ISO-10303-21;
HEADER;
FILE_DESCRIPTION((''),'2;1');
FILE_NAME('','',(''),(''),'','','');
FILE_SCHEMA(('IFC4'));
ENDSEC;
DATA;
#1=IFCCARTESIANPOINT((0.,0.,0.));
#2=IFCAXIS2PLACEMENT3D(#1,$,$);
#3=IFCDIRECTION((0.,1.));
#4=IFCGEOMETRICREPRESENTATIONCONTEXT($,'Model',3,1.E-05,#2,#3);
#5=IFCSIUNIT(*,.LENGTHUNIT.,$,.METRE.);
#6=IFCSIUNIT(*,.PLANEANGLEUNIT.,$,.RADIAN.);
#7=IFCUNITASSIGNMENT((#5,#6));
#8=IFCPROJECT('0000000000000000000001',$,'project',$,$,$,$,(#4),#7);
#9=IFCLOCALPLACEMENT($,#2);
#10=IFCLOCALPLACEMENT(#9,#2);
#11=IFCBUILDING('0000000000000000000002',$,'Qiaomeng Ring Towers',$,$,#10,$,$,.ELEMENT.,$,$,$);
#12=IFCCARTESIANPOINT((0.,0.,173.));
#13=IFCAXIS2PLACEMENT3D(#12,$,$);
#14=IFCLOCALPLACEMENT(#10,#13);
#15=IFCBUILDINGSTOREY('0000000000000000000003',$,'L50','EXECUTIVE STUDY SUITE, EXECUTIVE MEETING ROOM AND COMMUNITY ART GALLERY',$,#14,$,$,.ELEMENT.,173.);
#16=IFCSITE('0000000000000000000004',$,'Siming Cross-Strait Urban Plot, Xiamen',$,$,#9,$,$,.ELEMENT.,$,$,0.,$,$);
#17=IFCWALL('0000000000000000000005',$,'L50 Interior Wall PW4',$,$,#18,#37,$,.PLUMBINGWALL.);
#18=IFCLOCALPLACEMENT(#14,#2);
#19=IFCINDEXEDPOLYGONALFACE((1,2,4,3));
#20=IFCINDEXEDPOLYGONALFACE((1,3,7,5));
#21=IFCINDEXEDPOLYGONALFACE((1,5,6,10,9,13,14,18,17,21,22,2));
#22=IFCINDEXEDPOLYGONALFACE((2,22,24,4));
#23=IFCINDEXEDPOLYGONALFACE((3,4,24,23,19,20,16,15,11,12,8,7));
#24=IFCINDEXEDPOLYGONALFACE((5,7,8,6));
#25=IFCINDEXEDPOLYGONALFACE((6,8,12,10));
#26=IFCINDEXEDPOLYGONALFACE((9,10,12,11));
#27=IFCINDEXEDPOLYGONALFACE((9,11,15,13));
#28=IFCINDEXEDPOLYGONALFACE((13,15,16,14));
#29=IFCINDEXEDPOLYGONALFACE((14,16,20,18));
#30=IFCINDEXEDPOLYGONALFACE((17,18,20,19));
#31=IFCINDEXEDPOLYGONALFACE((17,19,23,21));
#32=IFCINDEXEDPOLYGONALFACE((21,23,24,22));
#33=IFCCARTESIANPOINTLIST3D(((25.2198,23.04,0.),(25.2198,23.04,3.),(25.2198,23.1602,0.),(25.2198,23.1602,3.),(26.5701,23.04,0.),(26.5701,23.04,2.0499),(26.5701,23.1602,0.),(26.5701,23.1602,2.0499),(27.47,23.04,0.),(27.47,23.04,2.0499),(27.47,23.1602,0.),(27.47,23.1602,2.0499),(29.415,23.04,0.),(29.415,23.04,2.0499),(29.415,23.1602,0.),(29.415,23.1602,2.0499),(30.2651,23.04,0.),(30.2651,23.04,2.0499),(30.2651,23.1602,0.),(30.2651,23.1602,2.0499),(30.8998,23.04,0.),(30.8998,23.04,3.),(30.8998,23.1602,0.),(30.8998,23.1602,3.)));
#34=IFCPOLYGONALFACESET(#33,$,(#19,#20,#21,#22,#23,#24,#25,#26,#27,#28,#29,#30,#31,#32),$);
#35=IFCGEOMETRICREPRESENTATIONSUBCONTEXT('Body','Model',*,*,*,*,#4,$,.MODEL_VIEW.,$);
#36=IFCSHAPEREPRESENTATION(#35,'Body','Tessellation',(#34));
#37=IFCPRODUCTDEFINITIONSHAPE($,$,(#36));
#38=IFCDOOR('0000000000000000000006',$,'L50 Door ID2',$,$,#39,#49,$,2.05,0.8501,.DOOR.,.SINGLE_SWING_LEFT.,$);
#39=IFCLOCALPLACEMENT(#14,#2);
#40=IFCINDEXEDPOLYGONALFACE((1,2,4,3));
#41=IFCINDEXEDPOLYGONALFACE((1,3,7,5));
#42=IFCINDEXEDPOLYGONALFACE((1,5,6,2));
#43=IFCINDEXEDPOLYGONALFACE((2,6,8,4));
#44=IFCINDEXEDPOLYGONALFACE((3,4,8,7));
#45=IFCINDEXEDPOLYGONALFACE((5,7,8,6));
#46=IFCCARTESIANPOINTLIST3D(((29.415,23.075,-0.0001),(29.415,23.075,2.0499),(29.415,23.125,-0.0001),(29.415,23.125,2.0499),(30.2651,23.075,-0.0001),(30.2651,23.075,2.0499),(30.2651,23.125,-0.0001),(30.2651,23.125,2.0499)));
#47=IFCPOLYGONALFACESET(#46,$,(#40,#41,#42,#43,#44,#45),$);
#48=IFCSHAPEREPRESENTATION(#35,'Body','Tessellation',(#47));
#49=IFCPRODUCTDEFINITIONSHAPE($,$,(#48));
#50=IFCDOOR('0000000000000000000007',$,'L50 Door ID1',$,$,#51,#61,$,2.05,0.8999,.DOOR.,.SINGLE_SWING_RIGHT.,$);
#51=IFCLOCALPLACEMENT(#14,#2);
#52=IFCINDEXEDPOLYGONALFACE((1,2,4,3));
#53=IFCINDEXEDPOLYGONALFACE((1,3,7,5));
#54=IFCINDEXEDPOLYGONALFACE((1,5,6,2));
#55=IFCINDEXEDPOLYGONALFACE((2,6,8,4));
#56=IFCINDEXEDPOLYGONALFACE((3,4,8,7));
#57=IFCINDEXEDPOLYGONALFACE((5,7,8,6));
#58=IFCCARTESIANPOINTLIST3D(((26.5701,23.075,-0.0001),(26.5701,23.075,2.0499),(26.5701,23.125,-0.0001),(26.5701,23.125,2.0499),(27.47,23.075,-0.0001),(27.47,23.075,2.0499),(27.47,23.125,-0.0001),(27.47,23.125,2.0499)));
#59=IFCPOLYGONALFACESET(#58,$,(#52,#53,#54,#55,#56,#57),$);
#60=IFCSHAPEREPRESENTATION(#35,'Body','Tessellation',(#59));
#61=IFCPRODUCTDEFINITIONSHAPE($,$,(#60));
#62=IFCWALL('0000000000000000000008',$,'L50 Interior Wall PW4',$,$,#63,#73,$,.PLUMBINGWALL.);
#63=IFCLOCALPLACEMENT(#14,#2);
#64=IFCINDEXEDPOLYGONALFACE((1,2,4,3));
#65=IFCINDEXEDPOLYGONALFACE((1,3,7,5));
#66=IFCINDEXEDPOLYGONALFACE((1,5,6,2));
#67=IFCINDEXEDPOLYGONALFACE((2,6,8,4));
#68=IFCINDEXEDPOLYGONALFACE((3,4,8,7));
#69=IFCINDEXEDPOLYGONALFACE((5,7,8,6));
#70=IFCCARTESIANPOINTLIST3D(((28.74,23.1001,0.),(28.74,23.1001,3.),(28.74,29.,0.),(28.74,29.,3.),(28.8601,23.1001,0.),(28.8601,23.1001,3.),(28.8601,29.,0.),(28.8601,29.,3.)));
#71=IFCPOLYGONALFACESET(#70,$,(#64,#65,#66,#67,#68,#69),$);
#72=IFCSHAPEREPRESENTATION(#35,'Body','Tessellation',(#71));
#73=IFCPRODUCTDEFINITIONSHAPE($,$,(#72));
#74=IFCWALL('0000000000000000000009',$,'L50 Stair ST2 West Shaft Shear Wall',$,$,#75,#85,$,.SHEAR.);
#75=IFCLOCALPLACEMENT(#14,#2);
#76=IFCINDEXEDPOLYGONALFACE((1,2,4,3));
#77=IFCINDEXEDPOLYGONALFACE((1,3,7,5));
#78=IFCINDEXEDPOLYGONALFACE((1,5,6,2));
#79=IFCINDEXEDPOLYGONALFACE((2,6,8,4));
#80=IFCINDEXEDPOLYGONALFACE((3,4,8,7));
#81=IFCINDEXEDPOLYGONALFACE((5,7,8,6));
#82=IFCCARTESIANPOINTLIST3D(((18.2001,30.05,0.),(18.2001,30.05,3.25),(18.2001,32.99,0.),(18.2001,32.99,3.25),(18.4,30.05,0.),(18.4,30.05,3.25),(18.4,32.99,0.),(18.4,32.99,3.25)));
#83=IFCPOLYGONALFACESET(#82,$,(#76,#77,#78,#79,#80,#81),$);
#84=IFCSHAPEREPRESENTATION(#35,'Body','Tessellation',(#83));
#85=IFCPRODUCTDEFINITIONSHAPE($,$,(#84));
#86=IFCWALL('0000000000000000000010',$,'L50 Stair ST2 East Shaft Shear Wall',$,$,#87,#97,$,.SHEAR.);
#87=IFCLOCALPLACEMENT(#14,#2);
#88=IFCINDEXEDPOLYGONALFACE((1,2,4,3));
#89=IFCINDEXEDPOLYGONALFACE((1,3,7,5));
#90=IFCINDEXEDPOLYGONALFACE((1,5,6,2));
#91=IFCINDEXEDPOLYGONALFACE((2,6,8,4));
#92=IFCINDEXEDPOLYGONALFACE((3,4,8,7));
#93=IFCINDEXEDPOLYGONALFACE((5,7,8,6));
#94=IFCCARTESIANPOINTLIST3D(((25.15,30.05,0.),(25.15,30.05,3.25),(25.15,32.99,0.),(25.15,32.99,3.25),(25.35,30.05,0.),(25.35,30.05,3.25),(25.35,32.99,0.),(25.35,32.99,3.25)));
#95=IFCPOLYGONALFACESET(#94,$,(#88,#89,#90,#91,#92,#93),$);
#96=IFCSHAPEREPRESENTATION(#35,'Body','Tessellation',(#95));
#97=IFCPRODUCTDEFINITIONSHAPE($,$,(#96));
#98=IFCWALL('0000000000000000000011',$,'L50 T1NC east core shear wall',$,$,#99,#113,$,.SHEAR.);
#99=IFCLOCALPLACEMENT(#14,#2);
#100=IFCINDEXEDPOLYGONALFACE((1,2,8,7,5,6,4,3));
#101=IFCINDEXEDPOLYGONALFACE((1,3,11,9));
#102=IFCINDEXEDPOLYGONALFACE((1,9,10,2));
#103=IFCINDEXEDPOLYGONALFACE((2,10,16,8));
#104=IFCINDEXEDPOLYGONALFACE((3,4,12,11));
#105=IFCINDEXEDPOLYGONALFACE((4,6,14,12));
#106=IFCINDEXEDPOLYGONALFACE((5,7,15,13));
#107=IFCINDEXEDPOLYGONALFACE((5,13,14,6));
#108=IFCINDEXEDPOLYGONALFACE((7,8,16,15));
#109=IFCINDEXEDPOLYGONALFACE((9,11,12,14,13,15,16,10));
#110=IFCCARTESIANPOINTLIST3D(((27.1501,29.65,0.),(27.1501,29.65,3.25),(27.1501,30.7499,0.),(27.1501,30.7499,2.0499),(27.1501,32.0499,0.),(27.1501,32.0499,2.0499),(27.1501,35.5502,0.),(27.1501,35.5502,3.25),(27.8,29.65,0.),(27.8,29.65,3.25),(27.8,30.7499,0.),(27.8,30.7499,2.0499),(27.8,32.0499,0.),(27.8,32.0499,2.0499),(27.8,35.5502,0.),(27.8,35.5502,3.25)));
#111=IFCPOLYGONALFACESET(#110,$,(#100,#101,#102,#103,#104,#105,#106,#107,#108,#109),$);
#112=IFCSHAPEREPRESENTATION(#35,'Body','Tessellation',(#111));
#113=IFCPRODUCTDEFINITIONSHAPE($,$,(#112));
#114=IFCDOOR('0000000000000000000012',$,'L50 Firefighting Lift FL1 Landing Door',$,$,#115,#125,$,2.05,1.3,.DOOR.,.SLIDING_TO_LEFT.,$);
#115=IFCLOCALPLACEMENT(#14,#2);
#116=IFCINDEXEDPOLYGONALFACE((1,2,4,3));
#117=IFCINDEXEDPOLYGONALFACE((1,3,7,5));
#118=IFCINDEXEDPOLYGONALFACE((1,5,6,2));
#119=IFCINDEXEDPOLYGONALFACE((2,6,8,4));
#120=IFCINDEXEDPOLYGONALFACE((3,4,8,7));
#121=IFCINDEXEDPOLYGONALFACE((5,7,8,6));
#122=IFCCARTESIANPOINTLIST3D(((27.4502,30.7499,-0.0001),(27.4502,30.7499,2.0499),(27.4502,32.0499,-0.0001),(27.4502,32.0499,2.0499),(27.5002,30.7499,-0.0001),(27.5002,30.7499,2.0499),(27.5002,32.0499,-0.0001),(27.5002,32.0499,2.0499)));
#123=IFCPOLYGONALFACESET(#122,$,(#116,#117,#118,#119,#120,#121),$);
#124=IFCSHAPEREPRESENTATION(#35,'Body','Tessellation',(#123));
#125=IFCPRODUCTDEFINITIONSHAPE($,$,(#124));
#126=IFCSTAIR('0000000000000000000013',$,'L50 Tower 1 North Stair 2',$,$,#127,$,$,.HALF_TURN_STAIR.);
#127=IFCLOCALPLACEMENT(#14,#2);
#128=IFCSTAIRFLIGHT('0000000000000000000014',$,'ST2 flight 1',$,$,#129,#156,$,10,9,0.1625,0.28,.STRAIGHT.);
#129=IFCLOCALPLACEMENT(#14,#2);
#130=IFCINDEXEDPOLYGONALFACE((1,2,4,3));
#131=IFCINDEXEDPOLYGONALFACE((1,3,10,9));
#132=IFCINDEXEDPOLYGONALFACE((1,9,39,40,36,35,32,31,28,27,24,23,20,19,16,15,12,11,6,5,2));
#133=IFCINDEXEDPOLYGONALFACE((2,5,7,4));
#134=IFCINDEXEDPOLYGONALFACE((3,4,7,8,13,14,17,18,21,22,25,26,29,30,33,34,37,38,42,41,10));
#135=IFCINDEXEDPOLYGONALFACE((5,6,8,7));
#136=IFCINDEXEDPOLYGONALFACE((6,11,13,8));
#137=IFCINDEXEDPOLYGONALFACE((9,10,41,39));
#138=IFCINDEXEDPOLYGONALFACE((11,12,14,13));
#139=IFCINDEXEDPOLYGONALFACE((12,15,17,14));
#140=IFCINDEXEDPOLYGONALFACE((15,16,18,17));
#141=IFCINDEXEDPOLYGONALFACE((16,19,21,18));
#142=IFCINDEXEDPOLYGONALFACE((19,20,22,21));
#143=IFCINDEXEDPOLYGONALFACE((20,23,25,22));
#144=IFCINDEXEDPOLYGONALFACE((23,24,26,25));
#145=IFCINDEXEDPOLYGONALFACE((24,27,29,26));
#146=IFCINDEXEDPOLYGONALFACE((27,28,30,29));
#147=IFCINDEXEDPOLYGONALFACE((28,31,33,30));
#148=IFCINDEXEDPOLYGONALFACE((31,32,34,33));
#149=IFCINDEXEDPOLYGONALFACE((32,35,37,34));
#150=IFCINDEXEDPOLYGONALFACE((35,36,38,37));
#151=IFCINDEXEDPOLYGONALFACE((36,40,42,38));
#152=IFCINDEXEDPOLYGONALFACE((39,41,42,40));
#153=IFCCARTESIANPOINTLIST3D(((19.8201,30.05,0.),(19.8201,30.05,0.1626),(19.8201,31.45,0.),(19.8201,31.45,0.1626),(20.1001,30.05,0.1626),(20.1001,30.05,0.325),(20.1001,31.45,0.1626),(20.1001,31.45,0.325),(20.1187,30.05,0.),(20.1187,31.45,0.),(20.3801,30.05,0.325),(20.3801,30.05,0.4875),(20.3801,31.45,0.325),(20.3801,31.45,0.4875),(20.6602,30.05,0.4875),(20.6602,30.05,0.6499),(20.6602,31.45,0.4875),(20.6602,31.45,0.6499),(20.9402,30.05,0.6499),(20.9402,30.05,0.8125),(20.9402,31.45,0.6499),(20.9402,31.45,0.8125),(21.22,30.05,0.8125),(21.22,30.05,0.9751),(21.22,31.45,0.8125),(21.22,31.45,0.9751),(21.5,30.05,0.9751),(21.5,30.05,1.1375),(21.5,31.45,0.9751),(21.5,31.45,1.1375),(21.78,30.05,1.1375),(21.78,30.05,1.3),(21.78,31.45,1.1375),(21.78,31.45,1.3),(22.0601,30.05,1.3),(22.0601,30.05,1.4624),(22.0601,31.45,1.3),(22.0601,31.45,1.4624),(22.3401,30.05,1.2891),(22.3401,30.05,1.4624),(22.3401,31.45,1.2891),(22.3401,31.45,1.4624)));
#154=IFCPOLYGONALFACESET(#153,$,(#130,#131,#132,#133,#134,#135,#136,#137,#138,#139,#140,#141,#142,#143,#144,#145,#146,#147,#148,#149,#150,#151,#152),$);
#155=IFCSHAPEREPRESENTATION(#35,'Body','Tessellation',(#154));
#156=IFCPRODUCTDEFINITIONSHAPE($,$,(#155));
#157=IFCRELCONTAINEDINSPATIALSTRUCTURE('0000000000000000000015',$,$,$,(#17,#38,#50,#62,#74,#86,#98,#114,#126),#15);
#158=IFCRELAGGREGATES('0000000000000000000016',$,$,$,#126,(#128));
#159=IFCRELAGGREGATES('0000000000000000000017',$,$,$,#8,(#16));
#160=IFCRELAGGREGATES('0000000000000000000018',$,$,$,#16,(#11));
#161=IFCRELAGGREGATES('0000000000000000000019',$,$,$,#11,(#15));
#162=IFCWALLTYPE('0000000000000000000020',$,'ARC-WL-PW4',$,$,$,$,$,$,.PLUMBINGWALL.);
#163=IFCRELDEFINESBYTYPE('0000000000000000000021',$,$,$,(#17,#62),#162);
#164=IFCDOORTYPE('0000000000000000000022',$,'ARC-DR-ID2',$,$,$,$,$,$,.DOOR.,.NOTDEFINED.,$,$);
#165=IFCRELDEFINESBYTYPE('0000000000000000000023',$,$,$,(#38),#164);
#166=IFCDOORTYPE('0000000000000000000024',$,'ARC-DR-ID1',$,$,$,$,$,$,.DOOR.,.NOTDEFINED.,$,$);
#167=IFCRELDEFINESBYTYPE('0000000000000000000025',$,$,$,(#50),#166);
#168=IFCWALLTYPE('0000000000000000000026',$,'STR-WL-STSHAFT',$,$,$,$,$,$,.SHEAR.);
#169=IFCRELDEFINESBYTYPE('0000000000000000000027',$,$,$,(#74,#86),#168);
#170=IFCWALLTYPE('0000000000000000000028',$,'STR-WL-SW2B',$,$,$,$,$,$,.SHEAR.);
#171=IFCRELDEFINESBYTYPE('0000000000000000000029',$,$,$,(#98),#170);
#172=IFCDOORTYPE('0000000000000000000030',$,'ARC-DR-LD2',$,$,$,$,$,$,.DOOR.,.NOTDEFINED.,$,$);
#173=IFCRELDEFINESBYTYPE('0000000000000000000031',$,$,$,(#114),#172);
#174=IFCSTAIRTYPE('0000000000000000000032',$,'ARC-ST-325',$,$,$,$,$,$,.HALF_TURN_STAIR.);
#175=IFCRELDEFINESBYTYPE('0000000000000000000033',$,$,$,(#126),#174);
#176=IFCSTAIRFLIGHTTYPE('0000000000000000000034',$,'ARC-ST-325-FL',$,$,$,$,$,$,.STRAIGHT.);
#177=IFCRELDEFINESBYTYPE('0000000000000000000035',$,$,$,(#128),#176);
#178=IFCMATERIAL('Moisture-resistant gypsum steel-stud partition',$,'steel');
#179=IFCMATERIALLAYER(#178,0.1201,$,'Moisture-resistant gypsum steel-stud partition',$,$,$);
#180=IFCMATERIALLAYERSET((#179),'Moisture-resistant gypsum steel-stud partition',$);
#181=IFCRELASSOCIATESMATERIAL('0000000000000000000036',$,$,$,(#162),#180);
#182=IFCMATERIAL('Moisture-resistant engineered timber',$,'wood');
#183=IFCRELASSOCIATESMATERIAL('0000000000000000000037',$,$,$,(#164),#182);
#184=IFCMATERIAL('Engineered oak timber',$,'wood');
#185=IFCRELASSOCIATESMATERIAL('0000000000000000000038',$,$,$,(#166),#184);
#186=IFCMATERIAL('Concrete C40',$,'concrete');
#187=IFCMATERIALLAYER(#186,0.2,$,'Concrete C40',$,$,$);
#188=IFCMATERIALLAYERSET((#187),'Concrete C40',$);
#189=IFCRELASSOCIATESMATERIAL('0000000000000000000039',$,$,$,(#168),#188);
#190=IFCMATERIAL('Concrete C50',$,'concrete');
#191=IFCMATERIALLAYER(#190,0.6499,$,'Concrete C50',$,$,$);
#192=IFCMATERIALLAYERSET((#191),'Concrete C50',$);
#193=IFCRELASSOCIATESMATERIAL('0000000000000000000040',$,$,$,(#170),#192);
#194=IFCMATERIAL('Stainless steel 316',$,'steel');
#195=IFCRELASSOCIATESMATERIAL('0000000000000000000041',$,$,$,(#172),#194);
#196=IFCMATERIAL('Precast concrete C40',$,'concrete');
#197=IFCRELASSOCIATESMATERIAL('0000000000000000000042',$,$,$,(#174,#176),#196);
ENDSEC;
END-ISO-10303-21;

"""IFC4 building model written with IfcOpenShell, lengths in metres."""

from ifc_helpers import new_model, si_unit, direction, frame, frame_2d, origin, place, context, subcontext, project, spatial, polyline, rectangle, outline, extrude, source, transform, mapped, material, layer, layer_set, type_object, element, fill, aggregate, save


model = new_model("IFC4")

# Units and contexts
model_context = context("Model", 3, precision=1e-05, world=origin(), true_north=direction((0.0, 1.0)))
body_context = subcontext(model_context, "Body", "Model", "MODEL_VIEW")
ifc_project = project(units=[si_unit("LENGTHUNIT", "METRE"), si_unit("PLANEANGLEUNIT", "RADIAN")], contexts=[model_context])

# Site, building, storey
site_placement = place(None, origin())
site = spatial("IfcSite", under=ifc_project, at=site_placement, Name="Siming Cross-Strait Urban Plot, Xiamen", CompositionType="ELEMENT", RefElevation=0.0)
building_placement = place(site_placement, origin())
building = spatial("IfcBuilding", under=site, at=building_placement, Name="Qiaomeng Ring Towers", CompositionType="ELEMENT")
storey_placement = place(building_placement, frame((0.0, 0.0, 173.0)))
storey = spatial("IfcBuildingStorey", under=building, at=storey_placement, Name="L50", Description="EXECUTIVE STUDY SUITE, EXECUTIVE MEETING ROOM AND COMMUNITY ART GALLERY", CompositionType="ELEMENT", Elevation=173.0)

# Shared definitions
ifc_material_1 = material(Name="Concrete C50", Category="concrete")

# Wall, openings, doors
ifc_material_2 = material(Name="Moisture-resistant gypsum steel-stud partition", Category="steel")
ifc_layer_1 = layer(ifc_material_2, 0.1201, Name="Moisture-resistant gypsum steel-stud partition")
ifc_layer_set_1 = layer_set([ifc_layer_1], Name="Moisture-resistant gypsum steel-stud partition")
wall_type_1 = type_object("IfcWallType", Name="ARC-WL-PW4", PredefinedType="PLUMBINGWALL", material=ifc_layer_set_1)
wall_1_placement = place(storey_placement, frame((25.22, 23.1001, 0.0), z_axis=(0.0, 0.0, 1.0), x_axis=(1.0, 0.0, 0.0)))
wall_1 = element("IfcWall", 1, at=wall_1_placement, inside=storey, type_object=wall_type_1, Name="L50 Interior Wall PW4", PredefinedType="PLUMBINGWALL", context=body_context, shape_type="SweptSolid", body=[
    extrude(rectangle(XDim=5.6799, YDim=0.1201, at=frame_2d((2.8398, 0.0))), origin(), (0.0, 0.0, 1.0), 3.0),
])
opening_1_placement = place(wall_1_placement, frame((1.3501, 0.0, 0.0)))
opening_1 = element("IfcOpeningElement", 2, at=opening_1_placement, cuts=wall_1, PredefinedType="OPENING", context=body_context, shape_type="SweptSolid", body=[
    extrude(rectangle(XDim=0.8999, YDim=2.05, at=frame_2d((0.45, 1.0249))), frame((0.0, 0.0701, 0.0), z_axis=(0.0, -1.0, 0.0), x_axis=(1.0, 0.0, 0.0)), (0.0, 0.0, 1.0), 0.1401),
])
opening_2_placement = place(wall_1_placement, frame((4.1951, 0.0, 0.0)))
opening_2 = element("IfcOpeningElement", 3, at=opening_2_placement, cuts=wall_1, PredefinedType="OPENING", context=body_context, shape_type="SweptSolid", body=[
    extrude(rectangle(XDim=0.8501, YDim=2.05, at=frame_2d((0.425, 1.0249))), frame((0.0, 0.0701, 0.0), z_axis=(0.0, -1.0, 0.0), x_axis=(1.0, 0.0, 0.0)), (0.0, 0.0, 1.0), 0.1401),
])
ifc_material_3 = material(Name="Moisture-resistant engineered timber", Category="wood")
door_type_1 = type_object("IfcDoorType", Name="ARC-DR-ID2", OperationType="NOTDEFINED", PredefinedType="DOOR", material=ifc_material_3)
shared_shape_1 = source(origin(), body_context, "Body", "SweptSolid", [
    extrude(rectangle(XDim=0.8501, YDim=2.05, at=frame_2d((0.425, 1.0249))), frame((0.0, 0.0249, 0.0), z_axis=(0.0, -1.0, 0.0), x_axis=(1.0, 0.0, 0.0)), (0.0, 0.0, 1.0), 0.05),
])
door_1_placement = place(opening_2_placement, origin())
door_1 = element("IfcDoor", 4, at=door_1_placement, inside=storey, type_object=door_type_1, Name="L50 Door ID2", OperationType="SINGLE_SWING_LEFT", OverallHeight=2.05, OverallWidth=0.8501, PredefinedType="DOOR", context=body_context, shape_type="MappedRepresentation", body=[
    mapped(shared_shape_1, transform((0.0, 0.0, 0.0), x_axis=(1.0, 0.0, 0.0), y_axis=(0.0, 1.0, 0.0), z_axis=(0.0, 0.0, 1.0), scale=1.0)),
])
fill(opening_2, door_1)
ifc_material_4 = material(Name="Engineered oak timber", Category="wood")
door_type_2 = type_object("IfcDoorType", Name="ARC-DR-ID1", OperationType="NOTDEFINED", PredefinedType="DOOR", material=ifc_material_4)
shared_shape_2 = source(origin(), body_context, "Body", "SweptSolid", [
    extrude(rectangle(XDim=0.8999, YDim=2.05, at=frame_2d((0.45, 1.0249))), frame((0.0, 0.0249, 0.0), z_axis=(0.0, -1.0, 0.0), x_axis=(1.0, 0.0, 0.0)), (0.0, 0.0, 1.0), 0.05),
])
door_2_placement = place(opening_1_placement, origin())
door_2 = element("IfcDoor", 5, at=door_2_placement, inside=storey, type_object=door_type_2, Name="L50 Door ID1", OperationType="SINGLE_SWING_RIGHT", OverallHeight=2.05, OverallWidth=0.8999, PredefinedType="DOOR", context=body_context, shape_type="MappedRepresentation", body=[
    mapped(shared_shape_2, transform((0.0, 0.0, 0.0), x_axis=(1.0, 0.0, 0.0), y_axis=(0.0, 1.0, 0.0), z_axis=(0.0, 0.0, 1.0), scale=1.0)),
])
fill(opening_1, door_2)

# Walls
wall_2_placement = place(storey_placement, frame((28.8, 23.1001, 0.0), z_axis=(0.0, 0.0, 1.0), x_axis=(0.0, 1.0, 0.0)))
element("IfcWall", 6, at=wall_2_placement, inside=storey, type_object=wall_type_1, Name="L50 Interior Wall PW4", PredefinedType="PLUMBINGWALL", context=body_context, shape_type="SweptSolid", body=[
    extrude(rectangle(XDim=5.8999, YDim=0.1201, at=frame_2d((2.95, 0.0))), origin(), (0.0, 0.0, 1.0), 3.0),
])
ifc_material_5 = material(Name="Concrete C40", Category="concrete")
ifc_layer_2 = layer(ifc_material_5, 0.2, Name="Concrete C40")
ifc_layer_set_2 = layer_set([ifc_layer_2], Name="Concrete C40")
wall_type_2 = type_object("IfcWallType", Name="STR-WL-STSHAFT", PredefinedType="SHEAR", material=ifc_layer_set_2)
for number, where, z_axis, x_axis, name in (
    (7, (18.3, 30.05, 0.0), (0.0, 0.0, 1.0), (0.0, 1.0, 0.0), "L50 Stair ST2 West Shaft Shear Wall"),
    (8, (25.25, 30.05, 0.0), (0.0, 0.0, 1.0), (0.0, 1.0, 0.0), "L50 Stair ST2 East Shaft Shear Wall"),
):
    element("IfcWall", number, at=place(storey_placement, frame(where, z_axis=z_axis, x_axis=x_axis)), inside=storey, type_object=wall_type_2, Name=name, PredefinedType="SHEAR", context=body_context, shape_type="SweptSolid", body=[
        extrude(rectangle(XDim=2.9399, YDim=0.2, at=frame_2d((1.47, 0.0))), origin(), (0.0, 0.0, 1.0), 3.25),
    ])

# Wall, opening, door
ifc_layer_3 = layer(ifc_material_1, 0.6499, Name="Concrete C50")
ifc_layer_set_3 = layer_set([ifc_layer_3], Name="Concrete C50")
wall_type_3 = type_object("IfcWallType", Name="STR-WL-SW2B", PredefinedType="SHEAR", material=ifc_layer_set_3)
wall_3_placement = place(storey_placement, frame((27.4751, 29.6499, 0.0), z_axis=(0.0, 0.0, 1.0), x_axis=(0.0, 1.0, 0.0)))
wall_3 = element("IfcWall", 9, at=wall_3_placement, inside=storey, type_object=wall_type_3, Name="L50 T1NC east core shear wall", PredefinedType="SHEAR", context=body_context, shape_type="SweptSolid", body=[
    extrude(rectangle(XDim=5.9001, YDim=0.6499, at=frame_2d((2.9502, 0.0))), origin(), (0.0, 0.0, 1.0), 3.25),
])
opening_3_placement = place(wall_3_placement, frame((1.1001, 0.0, 0.0)))
opening_3 = element("IfcOpeningElement", 10, at=opening_3_placement, cuts=wall_3, PredefinedType="OPENING", context=body_context, shape_type="SweptSolid", body=[
    extrude(rectangle(XDim=1.3, YDim=2.05, at=frame_2d((0.6499, 1.0249))), frame((0.0, 0.335, 0.0), z_axis=(0.0, -1.0, 0.0), x_axis=(1.0, 0.0, 0.0)), (0.0, 0.0, 1.0), 0.6699),
])
ifc_material_6 = material(Name="Stainless steel 316", Category="steel")
door_type_3 = type_object("IfcDoorType", Name="ARC-DR-LD2", OperationType="NOTDEFINED", PredefinedType="DOOR", material=ifc_material_6)
shared_shape_3 = source(origin(), body_context, "Body", "SweptSolid", [
    extrude(rectangle(XDim=1.3, YDim=2.05, at=frame_2d((0.6499, 1.0249))), frame((0.0, 0.0249, 0.0), z_axis=(0.0, -1.0, 0.0), x_axis=(1.0, 0.0, 0.0)), (0.0, 0.0, 1.0), 0.05),
])
door_3_placement = place(opening_3_placement, origin())
door_3 = element("IfcDoor", 11, at=door_3_placement, inside=storey, type_object=door_type_3, Name="L50 Firefighting Lift FL1 Landing Door", OperationType="SLIDING_TO_LEFT", OverallHeight=2.05, OverallWidth=1.3, PredefinedType="DOOR", context=body_context, shape_type="MappedRepresentation", body=[
    mapped(shared_shape_3, transform((0.0, 0.0, 0.0), x_axis=(1.0, 0.0, 0.0), y_axis=(0.0, 1.0, 0.0), z_axis=(0.0, 0.0, 1.0), scale=1.0)),
])
fill(opening_3, door_3)

# Stair, stair flight
ifc_material_7 = material(Name="Precast concrete C40", Category="concrete")
stair_type = type_object("IfcStairType", Name="ARC-ST-325", PredefinedType="HALF_TURN_STAIR", material=ifc_material_7)
stair_placement = place(storey_placement, origin())
stair = element("IfcStair", 12, at=stair_placement, inside=storey, type_object=stair_type, Name="L50 Tower 1 North Stair 2", PredefinedType="HALF_TURN_STAIR")
stair_flight_type = type_object("IfcStairFlightType", Name="ARC-ST-325-FL", PredefinedType="STRAIGHT", material=ifc_material_7)
shared_shape_4 = source(origin(), body_context, "Body", "SweptSolid", [
    extrude(outline(polyline([(0.0, 0.0), (0.0, 0.1626), (0.28, 0.1626), (0.28, 0.325), (0.5601, 0.325), (0.5601, 0.4875), (0.8401, 0.4875), (0.8401, 0.6499), (1.1201, 0.6499), (1.1201, 0.8125), (1.3999, 0.8125), (1.3999, 0.9751), (1.6799, 0.9751), (1.6799, 1.1375), (1.96, 1.1375), (1.96, 1.3), (2.24, 1.3), (2.24, 1.4624), (2.52, 1.4624), (2.52, 1.625), (2.52, 1.2891), (0.2986, 0.0), (0.0, 0.0)])), frame((0.0, 0.7, 0.0), z_axis=(0.0, -1.0, 0.0), x_axis=(1.0, 0.0, 0.0)), (0.0, 0.0, 1.0), 1.3999),
])
stair_flight_placement = place(storey_placement, frame((19.8201, 30.75, 0.0), z_axis=(0.0, 0.0, 1.0), x_axis=(1.0, 0.0, 0.0)))
stair_flight = element("IfcStairFlight", 13, at=stair_flight_placement, type_object=stair_flight_type, Name="ST2 flight 1", NumberOfRisers=10, NumberOfTreads=9, PredefinedType="STRAIGHT", RiserHeight=0.1625, TreadLength=0.28, context=body_context, shape_type="MappedRepresentation", body=[
    mapped(shared_shape_4, transform((0.0, 0.0, 0.0), x_axis=(1.0, 0.0, 0.0), y_axis=(0.0, 1.0, 0.0), z_axis=(0.0, 0.0, 1.0), scale=1.0)),
])
aggregate(stair, [stair_flight])

save(model, "model.ifc")
